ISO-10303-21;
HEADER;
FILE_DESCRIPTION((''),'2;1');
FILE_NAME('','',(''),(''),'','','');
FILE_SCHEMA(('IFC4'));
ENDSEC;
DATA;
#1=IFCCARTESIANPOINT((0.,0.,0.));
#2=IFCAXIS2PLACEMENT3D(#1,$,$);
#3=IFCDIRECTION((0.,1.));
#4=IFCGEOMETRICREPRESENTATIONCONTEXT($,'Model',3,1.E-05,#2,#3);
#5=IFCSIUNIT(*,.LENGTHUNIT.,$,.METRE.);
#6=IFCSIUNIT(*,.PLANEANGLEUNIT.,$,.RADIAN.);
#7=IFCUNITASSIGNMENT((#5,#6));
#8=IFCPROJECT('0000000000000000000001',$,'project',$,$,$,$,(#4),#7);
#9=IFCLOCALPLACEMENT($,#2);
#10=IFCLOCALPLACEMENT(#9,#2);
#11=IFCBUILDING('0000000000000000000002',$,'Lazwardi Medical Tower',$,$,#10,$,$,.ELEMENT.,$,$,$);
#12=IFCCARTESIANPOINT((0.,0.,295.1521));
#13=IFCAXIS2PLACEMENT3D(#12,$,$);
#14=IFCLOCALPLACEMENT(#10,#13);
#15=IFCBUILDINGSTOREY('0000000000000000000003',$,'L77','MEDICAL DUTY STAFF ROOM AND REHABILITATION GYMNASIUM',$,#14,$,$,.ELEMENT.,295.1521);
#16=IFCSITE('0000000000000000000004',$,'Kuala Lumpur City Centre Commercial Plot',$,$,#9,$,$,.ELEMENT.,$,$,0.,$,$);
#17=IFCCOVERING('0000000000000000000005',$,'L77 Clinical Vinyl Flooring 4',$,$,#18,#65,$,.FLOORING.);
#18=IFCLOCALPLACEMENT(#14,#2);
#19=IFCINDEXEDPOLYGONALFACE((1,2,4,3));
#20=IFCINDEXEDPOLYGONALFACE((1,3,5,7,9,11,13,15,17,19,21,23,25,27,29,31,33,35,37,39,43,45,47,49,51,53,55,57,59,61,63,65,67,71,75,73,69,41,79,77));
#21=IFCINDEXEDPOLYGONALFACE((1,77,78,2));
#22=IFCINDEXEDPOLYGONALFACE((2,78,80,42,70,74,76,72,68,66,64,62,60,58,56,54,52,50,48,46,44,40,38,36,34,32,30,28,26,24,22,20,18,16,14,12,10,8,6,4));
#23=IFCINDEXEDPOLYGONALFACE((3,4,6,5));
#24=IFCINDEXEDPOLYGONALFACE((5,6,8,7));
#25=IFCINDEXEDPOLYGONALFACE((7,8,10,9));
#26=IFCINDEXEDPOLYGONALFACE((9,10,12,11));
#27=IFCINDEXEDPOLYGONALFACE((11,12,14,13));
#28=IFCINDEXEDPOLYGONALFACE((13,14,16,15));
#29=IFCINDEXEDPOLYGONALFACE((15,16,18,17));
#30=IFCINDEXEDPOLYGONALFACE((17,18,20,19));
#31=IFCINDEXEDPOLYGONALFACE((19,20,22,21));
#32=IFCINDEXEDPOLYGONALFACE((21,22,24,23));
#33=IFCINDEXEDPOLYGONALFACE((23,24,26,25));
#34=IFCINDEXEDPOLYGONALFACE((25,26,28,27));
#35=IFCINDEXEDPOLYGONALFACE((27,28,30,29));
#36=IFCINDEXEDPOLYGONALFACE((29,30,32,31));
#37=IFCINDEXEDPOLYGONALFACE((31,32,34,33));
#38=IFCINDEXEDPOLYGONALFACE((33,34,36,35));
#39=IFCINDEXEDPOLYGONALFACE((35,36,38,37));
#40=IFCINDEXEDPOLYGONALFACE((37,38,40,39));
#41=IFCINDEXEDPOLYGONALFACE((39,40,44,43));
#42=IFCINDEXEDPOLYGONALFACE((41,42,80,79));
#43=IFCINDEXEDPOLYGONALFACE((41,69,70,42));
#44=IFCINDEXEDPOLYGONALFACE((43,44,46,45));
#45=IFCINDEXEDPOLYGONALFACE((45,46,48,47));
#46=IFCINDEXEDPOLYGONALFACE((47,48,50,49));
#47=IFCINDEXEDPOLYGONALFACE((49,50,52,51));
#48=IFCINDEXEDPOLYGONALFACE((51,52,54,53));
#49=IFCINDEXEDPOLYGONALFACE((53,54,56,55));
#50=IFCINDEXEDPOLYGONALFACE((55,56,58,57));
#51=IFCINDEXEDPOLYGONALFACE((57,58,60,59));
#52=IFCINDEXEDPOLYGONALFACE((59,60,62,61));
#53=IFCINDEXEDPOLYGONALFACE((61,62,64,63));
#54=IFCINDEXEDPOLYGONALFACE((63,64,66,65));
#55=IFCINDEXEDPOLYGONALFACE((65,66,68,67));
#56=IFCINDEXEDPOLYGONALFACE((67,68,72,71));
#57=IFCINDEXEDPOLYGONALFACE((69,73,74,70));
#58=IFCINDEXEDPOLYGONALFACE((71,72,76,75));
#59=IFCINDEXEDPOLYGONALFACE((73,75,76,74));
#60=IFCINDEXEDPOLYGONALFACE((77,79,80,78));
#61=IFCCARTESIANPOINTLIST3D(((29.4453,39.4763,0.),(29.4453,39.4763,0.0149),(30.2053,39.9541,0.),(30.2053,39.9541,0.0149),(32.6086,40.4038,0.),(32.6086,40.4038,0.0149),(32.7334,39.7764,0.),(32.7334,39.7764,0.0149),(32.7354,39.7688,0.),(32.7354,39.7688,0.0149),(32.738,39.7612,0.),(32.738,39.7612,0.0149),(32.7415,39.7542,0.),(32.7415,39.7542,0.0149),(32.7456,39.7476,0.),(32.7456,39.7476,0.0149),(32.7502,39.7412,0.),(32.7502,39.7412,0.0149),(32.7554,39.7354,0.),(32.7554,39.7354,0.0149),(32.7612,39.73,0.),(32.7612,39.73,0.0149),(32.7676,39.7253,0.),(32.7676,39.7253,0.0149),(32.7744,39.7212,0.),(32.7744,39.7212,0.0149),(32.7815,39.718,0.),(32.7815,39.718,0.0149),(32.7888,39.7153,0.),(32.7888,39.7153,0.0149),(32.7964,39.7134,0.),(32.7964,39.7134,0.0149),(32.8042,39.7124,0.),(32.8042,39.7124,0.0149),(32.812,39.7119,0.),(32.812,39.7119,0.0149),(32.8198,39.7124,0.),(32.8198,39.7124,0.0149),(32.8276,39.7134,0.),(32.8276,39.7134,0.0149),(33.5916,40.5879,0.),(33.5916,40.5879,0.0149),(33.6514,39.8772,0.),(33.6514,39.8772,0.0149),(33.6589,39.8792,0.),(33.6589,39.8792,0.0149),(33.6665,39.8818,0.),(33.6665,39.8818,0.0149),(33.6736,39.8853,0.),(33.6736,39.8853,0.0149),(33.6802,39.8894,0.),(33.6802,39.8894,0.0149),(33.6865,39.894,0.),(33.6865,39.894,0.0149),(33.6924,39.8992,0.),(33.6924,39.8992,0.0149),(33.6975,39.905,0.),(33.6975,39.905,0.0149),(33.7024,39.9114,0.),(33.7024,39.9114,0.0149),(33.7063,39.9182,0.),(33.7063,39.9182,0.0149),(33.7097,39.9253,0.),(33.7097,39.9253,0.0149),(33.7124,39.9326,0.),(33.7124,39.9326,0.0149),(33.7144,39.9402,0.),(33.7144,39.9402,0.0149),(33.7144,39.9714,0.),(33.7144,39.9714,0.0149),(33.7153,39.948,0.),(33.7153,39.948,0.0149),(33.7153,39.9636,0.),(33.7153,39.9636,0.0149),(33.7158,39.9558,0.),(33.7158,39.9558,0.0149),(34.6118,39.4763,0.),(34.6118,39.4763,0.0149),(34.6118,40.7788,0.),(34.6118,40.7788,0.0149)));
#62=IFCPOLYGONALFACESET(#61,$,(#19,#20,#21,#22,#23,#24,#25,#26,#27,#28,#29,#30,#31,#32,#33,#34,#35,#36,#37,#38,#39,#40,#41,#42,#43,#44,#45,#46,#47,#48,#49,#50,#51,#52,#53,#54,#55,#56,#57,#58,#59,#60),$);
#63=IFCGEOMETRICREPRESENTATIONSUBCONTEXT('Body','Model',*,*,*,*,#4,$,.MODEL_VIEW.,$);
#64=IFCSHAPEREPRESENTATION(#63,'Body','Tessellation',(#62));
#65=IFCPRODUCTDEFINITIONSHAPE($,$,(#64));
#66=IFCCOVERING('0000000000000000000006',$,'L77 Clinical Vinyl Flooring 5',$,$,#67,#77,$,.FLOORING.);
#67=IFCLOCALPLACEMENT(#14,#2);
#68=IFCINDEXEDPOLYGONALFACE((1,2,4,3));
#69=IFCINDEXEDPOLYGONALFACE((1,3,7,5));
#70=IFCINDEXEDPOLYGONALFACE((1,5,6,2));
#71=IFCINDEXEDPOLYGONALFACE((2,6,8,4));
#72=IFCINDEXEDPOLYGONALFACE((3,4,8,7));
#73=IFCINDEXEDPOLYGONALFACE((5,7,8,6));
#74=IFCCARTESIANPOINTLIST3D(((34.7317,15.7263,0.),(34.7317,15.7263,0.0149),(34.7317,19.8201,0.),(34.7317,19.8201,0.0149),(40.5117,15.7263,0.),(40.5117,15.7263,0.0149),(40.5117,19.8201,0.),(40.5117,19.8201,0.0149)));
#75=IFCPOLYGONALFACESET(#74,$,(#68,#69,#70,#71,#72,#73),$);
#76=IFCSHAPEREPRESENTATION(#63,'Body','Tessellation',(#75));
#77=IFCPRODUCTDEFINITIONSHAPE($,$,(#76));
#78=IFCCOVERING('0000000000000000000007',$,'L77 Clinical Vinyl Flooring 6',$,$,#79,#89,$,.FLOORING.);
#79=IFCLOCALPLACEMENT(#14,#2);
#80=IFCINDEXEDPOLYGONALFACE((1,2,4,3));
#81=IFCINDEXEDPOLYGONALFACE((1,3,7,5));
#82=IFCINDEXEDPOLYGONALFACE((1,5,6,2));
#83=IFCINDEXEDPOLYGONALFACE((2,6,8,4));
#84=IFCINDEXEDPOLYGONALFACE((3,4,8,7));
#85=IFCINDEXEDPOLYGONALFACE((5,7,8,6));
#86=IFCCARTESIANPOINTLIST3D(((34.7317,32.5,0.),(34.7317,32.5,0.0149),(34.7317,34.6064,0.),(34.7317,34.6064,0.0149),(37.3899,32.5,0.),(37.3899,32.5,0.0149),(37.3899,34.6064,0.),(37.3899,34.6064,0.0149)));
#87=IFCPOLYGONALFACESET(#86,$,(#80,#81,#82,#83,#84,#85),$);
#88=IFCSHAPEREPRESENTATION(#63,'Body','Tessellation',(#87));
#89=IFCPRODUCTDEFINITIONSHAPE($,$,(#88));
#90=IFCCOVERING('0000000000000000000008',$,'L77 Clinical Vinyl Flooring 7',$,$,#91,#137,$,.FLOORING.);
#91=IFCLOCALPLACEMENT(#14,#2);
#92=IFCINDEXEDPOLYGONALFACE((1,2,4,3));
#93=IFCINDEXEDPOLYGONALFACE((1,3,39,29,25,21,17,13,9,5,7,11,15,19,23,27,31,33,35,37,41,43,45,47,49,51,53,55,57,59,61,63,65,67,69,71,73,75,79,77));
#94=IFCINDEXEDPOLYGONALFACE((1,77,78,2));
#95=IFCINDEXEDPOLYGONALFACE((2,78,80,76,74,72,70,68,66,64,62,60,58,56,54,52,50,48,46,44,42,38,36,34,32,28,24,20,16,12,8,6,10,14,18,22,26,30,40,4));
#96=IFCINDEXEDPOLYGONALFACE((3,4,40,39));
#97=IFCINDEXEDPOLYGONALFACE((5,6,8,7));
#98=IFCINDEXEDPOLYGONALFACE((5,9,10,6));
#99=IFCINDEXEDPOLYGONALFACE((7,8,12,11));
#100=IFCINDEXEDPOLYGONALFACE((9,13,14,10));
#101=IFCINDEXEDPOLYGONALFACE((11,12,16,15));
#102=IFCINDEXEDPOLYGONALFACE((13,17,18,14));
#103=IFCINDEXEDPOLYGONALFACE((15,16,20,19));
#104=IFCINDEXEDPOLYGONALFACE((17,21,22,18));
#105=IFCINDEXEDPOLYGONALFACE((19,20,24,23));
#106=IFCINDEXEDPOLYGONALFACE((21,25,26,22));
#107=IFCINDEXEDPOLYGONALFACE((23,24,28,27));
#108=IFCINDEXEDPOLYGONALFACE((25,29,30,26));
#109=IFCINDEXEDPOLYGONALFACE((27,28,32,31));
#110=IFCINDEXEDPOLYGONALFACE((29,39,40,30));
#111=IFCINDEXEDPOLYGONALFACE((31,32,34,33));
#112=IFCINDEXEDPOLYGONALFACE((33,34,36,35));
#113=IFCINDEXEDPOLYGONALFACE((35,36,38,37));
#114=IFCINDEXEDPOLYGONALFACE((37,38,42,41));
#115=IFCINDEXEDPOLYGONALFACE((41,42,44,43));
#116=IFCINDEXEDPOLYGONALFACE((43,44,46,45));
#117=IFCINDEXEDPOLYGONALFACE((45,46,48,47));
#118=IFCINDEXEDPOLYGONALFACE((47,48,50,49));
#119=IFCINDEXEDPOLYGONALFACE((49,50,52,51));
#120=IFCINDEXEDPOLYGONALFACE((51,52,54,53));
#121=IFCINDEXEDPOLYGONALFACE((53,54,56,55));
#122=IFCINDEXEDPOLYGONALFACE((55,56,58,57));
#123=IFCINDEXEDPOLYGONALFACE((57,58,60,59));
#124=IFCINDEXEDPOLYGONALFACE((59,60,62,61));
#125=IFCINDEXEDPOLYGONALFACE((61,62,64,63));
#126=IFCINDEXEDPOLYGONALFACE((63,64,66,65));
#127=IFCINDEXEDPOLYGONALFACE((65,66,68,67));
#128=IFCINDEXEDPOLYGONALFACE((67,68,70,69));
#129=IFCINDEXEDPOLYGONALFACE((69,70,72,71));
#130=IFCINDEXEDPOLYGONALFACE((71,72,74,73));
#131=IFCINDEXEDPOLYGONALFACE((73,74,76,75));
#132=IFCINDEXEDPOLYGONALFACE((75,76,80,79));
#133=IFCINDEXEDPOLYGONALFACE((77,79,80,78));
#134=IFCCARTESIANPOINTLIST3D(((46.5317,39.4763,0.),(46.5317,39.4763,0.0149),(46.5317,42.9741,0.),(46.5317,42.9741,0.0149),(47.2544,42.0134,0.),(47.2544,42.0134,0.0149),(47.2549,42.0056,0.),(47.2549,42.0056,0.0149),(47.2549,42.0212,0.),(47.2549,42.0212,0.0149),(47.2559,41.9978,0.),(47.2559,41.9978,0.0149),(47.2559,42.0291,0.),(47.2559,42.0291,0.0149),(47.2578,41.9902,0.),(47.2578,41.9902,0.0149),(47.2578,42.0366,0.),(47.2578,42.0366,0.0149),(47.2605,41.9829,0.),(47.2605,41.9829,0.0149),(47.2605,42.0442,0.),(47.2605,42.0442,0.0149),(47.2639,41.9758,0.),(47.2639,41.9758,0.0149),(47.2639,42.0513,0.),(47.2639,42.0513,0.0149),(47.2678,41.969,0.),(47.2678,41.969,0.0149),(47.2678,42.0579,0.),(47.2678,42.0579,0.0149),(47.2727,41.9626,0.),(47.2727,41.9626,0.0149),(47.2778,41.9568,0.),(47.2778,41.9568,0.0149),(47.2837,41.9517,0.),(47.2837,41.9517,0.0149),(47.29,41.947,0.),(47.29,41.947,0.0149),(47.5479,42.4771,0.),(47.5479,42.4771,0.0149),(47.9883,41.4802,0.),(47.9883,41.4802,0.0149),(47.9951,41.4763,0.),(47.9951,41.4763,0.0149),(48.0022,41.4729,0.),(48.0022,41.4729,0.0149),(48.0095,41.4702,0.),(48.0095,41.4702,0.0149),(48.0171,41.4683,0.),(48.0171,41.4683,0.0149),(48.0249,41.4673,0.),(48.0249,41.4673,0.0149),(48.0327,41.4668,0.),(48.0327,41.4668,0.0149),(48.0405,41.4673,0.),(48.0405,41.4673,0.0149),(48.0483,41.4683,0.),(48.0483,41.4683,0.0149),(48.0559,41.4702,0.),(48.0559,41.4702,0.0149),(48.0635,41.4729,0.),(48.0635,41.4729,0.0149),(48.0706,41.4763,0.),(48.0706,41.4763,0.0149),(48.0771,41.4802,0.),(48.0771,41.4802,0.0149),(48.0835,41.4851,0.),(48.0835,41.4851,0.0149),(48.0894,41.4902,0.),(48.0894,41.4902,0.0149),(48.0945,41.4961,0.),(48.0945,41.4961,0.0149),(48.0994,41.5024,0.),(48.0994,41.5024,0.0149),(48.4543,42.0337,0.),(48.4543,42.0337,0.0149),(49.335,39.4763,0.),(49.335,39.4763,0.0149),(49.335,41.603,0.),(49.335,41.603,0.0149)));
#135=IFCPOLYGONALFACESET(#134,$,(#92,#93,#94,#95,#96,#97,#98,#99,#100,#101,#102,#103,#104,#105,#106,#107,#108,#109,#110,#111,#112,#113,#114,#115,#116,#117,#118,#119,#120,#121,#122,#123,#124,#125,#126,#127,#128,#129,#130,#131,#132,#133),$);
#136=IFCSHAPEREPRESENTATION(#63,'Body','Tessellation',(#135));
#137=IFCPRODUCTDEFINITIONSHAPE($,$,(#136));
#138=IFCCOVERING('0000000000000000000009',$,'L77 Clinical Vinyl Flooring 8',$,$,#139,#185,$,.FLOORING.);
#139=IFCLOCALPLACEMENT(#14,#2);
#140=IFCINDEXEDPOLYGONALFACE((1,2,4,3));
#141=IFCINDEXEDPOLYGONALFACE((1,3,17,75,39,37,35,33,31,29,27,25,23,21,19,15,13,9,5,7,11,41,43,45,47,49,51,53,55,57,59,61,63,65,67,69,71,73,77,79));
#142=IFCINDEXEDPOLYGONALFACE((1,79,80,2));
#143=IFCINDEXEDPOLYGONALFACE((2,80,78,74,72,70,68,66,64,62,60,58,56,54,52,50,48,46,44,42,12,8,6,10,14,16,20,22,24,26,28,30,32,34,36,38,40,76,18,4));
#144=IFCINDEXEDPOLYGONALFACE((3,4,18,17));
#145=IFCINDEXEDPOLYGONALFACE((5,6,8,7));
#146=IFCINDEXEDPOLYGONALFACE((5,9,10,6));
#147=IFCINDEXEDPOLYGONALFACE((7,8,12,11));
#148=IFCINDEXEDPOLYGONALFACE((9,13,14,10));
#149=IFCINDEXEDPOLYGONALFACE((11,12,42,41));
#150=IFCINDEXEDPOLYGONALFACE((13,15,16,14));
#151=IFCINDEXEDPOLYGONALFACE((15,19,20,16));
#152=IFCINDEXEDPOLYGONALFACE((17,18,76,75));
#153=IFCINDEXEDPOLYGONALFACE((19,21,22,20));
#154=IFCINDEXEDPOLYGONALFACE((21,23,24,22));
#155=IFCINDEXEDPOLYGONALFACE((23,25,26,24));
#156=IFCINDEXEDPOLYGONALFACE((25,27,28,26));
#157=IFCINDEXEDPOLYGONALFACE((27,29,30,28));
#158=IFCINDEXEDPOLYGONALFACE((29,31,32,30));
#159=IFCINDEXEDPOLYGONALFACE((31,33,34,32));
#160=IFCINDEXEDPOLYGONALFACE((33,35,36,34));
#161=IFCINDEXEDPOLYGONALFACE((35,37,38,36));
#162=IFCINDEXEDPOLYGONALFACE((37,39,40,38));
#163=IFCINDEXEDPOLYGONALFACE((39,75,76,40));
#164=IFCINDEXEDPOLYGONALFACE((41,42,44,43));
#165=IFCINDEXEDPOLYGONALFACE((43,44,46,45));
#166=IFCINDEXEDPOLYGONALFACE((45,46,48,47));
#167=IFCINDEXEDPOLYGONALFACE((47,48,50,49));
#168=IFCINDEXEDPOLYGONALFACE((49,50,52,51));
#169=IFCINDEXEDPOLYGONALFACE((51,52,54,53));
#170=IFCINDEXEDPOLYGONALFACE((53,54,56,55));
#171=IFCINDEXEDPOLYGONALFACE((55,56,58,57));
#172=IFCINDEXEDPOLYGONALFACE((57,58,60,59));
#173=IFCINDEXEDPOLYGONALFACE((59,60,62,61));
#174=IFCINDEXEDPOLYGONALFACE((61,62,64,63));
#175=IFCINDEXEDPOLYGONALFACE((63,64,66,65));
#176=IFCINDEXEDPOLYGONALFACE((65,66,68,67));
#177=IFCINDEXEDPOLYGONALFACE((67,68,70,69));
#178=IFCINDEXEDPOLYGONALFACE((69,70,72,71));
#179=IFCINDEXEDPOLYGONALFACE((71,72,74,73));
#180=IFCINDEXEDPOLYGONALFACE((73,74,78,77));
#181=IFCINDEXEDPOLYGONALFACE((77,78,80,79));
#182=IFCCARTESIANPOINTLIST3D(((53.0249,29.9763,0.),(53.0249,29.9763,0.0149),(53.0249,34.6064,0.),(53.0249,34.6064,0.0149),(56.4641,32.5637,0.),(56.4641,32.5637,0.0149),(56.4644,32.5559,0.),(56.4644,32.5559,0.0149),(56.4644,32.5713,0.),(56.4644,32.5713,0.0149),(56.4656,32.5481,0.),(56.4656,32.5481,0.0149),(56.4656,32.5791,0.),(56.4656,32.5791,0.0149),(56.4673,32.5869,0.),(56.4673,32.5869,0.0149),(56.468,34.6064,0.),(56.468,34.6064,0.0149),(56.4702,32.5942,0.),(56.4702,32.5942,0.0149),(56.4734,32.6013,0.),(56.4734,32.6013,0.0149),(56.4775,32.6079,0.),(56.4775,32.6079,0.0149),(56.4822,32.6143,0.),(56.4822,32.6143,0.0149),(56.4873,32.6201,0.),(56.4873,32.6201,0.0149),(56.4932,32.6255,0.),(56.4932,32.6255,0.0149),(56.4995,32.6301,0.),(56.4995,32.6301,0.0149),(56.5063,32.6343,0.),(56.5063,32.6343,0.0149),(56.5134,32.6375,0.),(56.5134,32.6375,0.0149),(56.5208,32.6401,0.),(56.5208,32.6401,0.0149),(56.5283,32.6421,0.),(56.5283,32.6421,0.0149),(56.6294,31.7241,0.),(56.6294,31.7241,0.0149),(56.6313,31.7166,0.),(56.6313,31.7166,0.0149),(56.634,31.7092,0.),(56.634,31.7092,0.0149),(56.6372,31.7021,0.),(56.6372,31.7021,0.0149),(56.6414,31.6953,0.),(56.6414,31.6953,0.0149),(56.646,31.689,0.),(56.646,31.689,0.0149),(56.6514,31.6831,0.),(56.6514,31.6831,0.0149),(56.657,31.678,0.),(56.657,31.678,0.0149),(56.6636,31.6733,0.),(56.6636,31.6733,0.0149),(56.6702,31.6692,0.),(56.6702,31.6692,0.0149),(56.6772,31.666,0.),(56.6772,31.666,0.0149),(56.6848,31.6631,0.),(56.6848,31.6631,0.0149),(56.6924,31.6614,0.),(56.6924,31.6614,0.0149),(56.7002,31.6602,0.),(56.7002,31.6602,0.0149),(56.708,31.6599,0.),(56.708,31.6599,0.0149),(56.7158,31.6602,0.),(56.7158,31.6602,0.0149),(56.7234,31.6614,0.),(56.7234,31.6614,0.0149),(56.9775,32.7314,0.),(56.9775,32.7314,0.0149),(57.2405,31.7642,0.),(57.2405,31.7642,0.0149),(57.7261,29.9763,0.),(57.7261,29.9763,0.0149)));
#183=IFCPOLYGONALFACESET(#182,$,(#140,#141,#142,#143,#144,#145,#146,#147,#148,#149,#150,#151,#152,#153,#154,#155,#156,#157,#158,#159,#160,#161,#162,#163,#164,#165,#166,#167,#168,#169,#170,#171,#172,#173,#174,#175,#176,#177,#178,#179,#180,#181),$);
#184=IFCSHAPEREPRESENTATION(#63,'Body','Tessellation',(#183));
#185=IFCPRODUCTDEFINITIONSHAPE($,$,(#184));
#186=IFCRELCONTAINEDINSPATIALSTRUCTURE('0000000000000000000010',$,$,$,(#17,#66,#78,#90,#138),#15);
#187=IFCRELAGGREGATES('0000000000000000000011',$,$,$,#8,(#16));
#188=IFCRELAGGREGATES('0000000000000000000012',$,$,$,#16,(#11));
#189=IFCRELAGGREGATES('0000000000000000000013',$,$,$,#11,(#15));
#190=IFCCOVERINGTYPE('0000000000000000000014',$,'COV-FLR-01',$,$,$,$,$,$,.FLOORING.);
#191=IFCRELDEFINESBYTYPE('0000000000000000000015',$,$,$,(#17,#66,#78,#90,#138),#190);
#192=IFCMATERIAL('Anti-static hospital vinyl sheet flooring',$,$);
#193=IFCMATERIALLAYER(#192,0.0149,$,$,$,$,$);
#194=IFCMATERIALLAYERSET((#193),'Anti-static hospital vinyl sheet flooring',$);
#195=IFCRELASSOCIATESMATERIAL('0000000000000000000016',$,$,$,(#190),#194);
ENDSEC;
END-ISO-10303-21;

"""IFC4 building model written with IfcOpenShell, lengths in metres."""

from ifc_helpers import new_model, si_unit, direction, frame, origin, place, context, subcontext, project, spatial, polyline, outline, extrude, material, layer, layer_set, type_object, element, save


model = new_model("IFC4")

# Units and contexts
model_context = context("Model", 3, precision=1e-05, world=origin(), true_north=direction((0.0, 1.0)))
body_context = subcontext(model_context, "Body", "Model", "MODEL_VIEW")
ifc_project = project(units=[si_unit("LENGTHUNIT", "METRE"), si_unit("PLANEANGLEUNIT", "RADIAN")], contexts=[model_context])

# Site, building, storey
site_placement = place(None, origin())
site = spatial("IfcSite", under=ifc_project, at=site_placement, Name="Kuala Lumpur City Centre Commercial Plot", CompositionType="ELEMENT", RefElevation=0.0)
building_placement = place(site_placement, origin())
building = spatial("IfcBuilding", under=site, at=building_placement, Name="Lazwardi Medical Tower", CompositionType="ELEMENT")
storey_placement = place(building_placement, frame((0.0, 0.0, 295.1521)))
storey = spatial("IfcBuildingStorey", under=building, at=storey_placement, Name="L77", Description="MEDICAL DUTY STAFF ROOM AND REHABILITATION GYMNASIUM", CompositionType="ELEMENT", Elevation=295.1521)

# Coverings
ifc_material_1 = material(Name="Anti-static hospital vinyl sheet flooring")
ifc_layer_1 = layer(ifc_material_1, 0.0149)
ifc_layer_set_1 = layer_set([ifc_layer_1], Name="Anti-static hospital vinyl sheet flooring")
covering_type_1 = type_object("IfcCoveringType", Name="COV-FLR-01", PredefinedType="FLOORING", material=ifc_layer_set_1)
covering_1_placement = place(storey_placement, origin())
element("IfcCovering", 1, at=covering_1_placement, inside=storey, type_object=covering_type_1, Name="L77 Clinical Vinyl Flooring 4", PredefinedType="FLOORING", context=body_context, shape_type="SweptSolid", body=[
    extrude(outline(polyline([(34.6118, 40.7788), (33.5916, 40.5879), (33.7144, 39.9714), (33.7153, 39.9636), (33.7158, 39.9558), (33.7153, 39.948), (33.7144, 39.9402), (33.7124, 39.9326), (33.7097, 39.9253), (33.7063, 39.9182), (33.7024, 39.9114), (33.6975, 39.905), (33.6924, 39.8992), (33.6865, 39.894), (33.6802, 39.8894), (33.6736, 39.8853), (33.6665, 39.8818), (33.6589, 39.8792), (33.6514, 39.8772), (32.8276, 39.7134), (32.8198, 39.7124), (32.812, 39.7119), (32.8042, 39.7124), (32.7964, 39.7134), (32.7888, 39.7153), (32.7815, 39.718), (32.7744, 39.7212), (32.7676, 39.7253), (32.7612, 39.73), (32.7554, 39.7354), (32.7502, 39.7412), (32.7456, 39.7476), (32.7415, 39.7542), (32.738, 39.7612), (32.7354, 39.7688), (32.7334, 39.7764), (32.6086, 40.4038), (30.2053, 39.9541), (29.4453, 39.4763), (34.6118, 39.4763), (34.6118, 40.7788)])), origin(), (0.0, 0.0, 1.0), 0.0149),
])
covering_2_placement = place(storey_placement, origin())
element("IfcCovering", 2, at=covering_2_placement, inside=storey, type_object=covering_type_1, Name="L77 Clinical Vinyl Flooring 5", PredefinedType="FLOORING", context=body_context, shape_type="SweptSolid", body=[
    extrude(outline(polyline([(40.5117, 19.8201), (34.7317, 19.8201), (34.7317, 15.7263), (40.5117, 15.7263), (40.5117, 19.8201)])), origin(), (0.0, 0.0, 1.0), 0.0149),
])
covering_3_placement = place(storey_placement, origin())
element("IfcCovering", 3, at=covering_3_placement, inside=storey, type_object=covering_type_1, Name="L77 Clinical Vinyl Flooring 6", PredefinedType="FLOORING", context=body_context, shape_type="SweptSolid", body=[
    extrude(outline(polyline([(34.7317, 32.5), (37.3899, 32.5), (37.3899, 34.6064), (34.7317, 34.6064), (34.7317, 32.5)])), origin(), (0.0, 0.0, 1.0), 0.0149),
])
covering_4_placement = place(storey_placement, origin())
element("IfcCovering", 4, at=covering_4_placement, inside=storey, type_object=covering_type_1, Name="L77 Clinical Vinyl Flooring 7", PredefinedType="FLOORING", context=body_context, shape_type="SweptSolid", body=[
    extrude(outline(polyline([(49.335, 39.4763), (49.335, 41.603), (48.4543, 42.0337), (48.0994, 41.5024), (48.0945, 41.4961), (48.0894, 41.4902), (48.0835, 41.4851), (48.0771, 41.4802), (48.0706, 41.4763), (48.0635, 41.4729), (48.0559, 41.4702), (48.0483, 41.4683), (48.0405, 41.4673), (48.0327, 41.4668), (48.0249, 41.4673), (48.0171, 41.4683), (48.0095, 41.4702), (48.0022, 41.4729), (47.9951, 41.4763), (47.9883, 41.4802), (47.29, 41.947), (47.2837, 41.9517), (47.2778, 41.9568), (47.2727, 41.9626), (47.2678, 41.969), (47.2639, 41.9758), (47.2605, 41.9829), (47.2578, 41.9902), (47.2559, 41.9978), (47.2549, 42.0056), (47.2544, 42.0134), (47.2549, 42.0212), (47.2559, 42.0291), (47.2578, 42.0366), (47.2605, 42.0442), (47.2639, 42.0513), (47.2678, 42.0579), (47.5479, 42.4771), (46.5317, 42.9741), (46.5317, 39.4763), (49.335, 39.4763)])), origin(), (0.0, 0.0, 1.0), 0.0149),
])
covering_5_placement = place(storey_placement, origin())
element("IfcCovering", 5, at=covering_5_placement, inside=storey, type_object=covering_type_1, Name="L77 Clinical Vinyl Flooring 8", PredefinedType="FLOORING", context=body_context, shape_type="SweptSolid", body=[
    extrude(outline(polyline([(53.0249, 34.6064), (53.0249, 29.9763), (57.7261, 29.9763), (57.2405, 31.7642), (56.7234, 31.6614), (56.7158, 31.6602), (56.708, 31.6599), (56.7002, 31.6602), (56.6924, 31.6614), (56.6848, 31.6631), (56.6772, 31.666), (56.6702, 31.6692), (56.6636, 31.6733), (56.657, 31.678), (56.6514, 31.6831), (56.646, 31.689), (56.6414, 31.6953), (56.6372, 31.7021), (56.634, 31.7092), (56.6313, 31.7166), (56.6294, 31.7241), (56.4656, 32.5481), (56.4644, 32.5559), (56.4641, 32.5637), (56.4644, 32.5713), (56.4656, 32.5791), (56.4673, 32.5869), (56.4702, 32.5942), (56.4734, 32.6013), (56.4775, 32.6079), (56.4822, 32.6143), (56.4873, 32.6201), (56.4932, 32.6255), (56.4995, 32.6301), (56.5063, 32.6343), (56.5134, 32.6375), (56.5208, 32.6401), (56.5283, 32.6421), (56.9775, 32.7314), (56.468, 34.6064), (53.0249, 34.6064)])), origin(), (0.0, 0.0, 1.0), 0.0149),
])

save(model, "model.ifc")
